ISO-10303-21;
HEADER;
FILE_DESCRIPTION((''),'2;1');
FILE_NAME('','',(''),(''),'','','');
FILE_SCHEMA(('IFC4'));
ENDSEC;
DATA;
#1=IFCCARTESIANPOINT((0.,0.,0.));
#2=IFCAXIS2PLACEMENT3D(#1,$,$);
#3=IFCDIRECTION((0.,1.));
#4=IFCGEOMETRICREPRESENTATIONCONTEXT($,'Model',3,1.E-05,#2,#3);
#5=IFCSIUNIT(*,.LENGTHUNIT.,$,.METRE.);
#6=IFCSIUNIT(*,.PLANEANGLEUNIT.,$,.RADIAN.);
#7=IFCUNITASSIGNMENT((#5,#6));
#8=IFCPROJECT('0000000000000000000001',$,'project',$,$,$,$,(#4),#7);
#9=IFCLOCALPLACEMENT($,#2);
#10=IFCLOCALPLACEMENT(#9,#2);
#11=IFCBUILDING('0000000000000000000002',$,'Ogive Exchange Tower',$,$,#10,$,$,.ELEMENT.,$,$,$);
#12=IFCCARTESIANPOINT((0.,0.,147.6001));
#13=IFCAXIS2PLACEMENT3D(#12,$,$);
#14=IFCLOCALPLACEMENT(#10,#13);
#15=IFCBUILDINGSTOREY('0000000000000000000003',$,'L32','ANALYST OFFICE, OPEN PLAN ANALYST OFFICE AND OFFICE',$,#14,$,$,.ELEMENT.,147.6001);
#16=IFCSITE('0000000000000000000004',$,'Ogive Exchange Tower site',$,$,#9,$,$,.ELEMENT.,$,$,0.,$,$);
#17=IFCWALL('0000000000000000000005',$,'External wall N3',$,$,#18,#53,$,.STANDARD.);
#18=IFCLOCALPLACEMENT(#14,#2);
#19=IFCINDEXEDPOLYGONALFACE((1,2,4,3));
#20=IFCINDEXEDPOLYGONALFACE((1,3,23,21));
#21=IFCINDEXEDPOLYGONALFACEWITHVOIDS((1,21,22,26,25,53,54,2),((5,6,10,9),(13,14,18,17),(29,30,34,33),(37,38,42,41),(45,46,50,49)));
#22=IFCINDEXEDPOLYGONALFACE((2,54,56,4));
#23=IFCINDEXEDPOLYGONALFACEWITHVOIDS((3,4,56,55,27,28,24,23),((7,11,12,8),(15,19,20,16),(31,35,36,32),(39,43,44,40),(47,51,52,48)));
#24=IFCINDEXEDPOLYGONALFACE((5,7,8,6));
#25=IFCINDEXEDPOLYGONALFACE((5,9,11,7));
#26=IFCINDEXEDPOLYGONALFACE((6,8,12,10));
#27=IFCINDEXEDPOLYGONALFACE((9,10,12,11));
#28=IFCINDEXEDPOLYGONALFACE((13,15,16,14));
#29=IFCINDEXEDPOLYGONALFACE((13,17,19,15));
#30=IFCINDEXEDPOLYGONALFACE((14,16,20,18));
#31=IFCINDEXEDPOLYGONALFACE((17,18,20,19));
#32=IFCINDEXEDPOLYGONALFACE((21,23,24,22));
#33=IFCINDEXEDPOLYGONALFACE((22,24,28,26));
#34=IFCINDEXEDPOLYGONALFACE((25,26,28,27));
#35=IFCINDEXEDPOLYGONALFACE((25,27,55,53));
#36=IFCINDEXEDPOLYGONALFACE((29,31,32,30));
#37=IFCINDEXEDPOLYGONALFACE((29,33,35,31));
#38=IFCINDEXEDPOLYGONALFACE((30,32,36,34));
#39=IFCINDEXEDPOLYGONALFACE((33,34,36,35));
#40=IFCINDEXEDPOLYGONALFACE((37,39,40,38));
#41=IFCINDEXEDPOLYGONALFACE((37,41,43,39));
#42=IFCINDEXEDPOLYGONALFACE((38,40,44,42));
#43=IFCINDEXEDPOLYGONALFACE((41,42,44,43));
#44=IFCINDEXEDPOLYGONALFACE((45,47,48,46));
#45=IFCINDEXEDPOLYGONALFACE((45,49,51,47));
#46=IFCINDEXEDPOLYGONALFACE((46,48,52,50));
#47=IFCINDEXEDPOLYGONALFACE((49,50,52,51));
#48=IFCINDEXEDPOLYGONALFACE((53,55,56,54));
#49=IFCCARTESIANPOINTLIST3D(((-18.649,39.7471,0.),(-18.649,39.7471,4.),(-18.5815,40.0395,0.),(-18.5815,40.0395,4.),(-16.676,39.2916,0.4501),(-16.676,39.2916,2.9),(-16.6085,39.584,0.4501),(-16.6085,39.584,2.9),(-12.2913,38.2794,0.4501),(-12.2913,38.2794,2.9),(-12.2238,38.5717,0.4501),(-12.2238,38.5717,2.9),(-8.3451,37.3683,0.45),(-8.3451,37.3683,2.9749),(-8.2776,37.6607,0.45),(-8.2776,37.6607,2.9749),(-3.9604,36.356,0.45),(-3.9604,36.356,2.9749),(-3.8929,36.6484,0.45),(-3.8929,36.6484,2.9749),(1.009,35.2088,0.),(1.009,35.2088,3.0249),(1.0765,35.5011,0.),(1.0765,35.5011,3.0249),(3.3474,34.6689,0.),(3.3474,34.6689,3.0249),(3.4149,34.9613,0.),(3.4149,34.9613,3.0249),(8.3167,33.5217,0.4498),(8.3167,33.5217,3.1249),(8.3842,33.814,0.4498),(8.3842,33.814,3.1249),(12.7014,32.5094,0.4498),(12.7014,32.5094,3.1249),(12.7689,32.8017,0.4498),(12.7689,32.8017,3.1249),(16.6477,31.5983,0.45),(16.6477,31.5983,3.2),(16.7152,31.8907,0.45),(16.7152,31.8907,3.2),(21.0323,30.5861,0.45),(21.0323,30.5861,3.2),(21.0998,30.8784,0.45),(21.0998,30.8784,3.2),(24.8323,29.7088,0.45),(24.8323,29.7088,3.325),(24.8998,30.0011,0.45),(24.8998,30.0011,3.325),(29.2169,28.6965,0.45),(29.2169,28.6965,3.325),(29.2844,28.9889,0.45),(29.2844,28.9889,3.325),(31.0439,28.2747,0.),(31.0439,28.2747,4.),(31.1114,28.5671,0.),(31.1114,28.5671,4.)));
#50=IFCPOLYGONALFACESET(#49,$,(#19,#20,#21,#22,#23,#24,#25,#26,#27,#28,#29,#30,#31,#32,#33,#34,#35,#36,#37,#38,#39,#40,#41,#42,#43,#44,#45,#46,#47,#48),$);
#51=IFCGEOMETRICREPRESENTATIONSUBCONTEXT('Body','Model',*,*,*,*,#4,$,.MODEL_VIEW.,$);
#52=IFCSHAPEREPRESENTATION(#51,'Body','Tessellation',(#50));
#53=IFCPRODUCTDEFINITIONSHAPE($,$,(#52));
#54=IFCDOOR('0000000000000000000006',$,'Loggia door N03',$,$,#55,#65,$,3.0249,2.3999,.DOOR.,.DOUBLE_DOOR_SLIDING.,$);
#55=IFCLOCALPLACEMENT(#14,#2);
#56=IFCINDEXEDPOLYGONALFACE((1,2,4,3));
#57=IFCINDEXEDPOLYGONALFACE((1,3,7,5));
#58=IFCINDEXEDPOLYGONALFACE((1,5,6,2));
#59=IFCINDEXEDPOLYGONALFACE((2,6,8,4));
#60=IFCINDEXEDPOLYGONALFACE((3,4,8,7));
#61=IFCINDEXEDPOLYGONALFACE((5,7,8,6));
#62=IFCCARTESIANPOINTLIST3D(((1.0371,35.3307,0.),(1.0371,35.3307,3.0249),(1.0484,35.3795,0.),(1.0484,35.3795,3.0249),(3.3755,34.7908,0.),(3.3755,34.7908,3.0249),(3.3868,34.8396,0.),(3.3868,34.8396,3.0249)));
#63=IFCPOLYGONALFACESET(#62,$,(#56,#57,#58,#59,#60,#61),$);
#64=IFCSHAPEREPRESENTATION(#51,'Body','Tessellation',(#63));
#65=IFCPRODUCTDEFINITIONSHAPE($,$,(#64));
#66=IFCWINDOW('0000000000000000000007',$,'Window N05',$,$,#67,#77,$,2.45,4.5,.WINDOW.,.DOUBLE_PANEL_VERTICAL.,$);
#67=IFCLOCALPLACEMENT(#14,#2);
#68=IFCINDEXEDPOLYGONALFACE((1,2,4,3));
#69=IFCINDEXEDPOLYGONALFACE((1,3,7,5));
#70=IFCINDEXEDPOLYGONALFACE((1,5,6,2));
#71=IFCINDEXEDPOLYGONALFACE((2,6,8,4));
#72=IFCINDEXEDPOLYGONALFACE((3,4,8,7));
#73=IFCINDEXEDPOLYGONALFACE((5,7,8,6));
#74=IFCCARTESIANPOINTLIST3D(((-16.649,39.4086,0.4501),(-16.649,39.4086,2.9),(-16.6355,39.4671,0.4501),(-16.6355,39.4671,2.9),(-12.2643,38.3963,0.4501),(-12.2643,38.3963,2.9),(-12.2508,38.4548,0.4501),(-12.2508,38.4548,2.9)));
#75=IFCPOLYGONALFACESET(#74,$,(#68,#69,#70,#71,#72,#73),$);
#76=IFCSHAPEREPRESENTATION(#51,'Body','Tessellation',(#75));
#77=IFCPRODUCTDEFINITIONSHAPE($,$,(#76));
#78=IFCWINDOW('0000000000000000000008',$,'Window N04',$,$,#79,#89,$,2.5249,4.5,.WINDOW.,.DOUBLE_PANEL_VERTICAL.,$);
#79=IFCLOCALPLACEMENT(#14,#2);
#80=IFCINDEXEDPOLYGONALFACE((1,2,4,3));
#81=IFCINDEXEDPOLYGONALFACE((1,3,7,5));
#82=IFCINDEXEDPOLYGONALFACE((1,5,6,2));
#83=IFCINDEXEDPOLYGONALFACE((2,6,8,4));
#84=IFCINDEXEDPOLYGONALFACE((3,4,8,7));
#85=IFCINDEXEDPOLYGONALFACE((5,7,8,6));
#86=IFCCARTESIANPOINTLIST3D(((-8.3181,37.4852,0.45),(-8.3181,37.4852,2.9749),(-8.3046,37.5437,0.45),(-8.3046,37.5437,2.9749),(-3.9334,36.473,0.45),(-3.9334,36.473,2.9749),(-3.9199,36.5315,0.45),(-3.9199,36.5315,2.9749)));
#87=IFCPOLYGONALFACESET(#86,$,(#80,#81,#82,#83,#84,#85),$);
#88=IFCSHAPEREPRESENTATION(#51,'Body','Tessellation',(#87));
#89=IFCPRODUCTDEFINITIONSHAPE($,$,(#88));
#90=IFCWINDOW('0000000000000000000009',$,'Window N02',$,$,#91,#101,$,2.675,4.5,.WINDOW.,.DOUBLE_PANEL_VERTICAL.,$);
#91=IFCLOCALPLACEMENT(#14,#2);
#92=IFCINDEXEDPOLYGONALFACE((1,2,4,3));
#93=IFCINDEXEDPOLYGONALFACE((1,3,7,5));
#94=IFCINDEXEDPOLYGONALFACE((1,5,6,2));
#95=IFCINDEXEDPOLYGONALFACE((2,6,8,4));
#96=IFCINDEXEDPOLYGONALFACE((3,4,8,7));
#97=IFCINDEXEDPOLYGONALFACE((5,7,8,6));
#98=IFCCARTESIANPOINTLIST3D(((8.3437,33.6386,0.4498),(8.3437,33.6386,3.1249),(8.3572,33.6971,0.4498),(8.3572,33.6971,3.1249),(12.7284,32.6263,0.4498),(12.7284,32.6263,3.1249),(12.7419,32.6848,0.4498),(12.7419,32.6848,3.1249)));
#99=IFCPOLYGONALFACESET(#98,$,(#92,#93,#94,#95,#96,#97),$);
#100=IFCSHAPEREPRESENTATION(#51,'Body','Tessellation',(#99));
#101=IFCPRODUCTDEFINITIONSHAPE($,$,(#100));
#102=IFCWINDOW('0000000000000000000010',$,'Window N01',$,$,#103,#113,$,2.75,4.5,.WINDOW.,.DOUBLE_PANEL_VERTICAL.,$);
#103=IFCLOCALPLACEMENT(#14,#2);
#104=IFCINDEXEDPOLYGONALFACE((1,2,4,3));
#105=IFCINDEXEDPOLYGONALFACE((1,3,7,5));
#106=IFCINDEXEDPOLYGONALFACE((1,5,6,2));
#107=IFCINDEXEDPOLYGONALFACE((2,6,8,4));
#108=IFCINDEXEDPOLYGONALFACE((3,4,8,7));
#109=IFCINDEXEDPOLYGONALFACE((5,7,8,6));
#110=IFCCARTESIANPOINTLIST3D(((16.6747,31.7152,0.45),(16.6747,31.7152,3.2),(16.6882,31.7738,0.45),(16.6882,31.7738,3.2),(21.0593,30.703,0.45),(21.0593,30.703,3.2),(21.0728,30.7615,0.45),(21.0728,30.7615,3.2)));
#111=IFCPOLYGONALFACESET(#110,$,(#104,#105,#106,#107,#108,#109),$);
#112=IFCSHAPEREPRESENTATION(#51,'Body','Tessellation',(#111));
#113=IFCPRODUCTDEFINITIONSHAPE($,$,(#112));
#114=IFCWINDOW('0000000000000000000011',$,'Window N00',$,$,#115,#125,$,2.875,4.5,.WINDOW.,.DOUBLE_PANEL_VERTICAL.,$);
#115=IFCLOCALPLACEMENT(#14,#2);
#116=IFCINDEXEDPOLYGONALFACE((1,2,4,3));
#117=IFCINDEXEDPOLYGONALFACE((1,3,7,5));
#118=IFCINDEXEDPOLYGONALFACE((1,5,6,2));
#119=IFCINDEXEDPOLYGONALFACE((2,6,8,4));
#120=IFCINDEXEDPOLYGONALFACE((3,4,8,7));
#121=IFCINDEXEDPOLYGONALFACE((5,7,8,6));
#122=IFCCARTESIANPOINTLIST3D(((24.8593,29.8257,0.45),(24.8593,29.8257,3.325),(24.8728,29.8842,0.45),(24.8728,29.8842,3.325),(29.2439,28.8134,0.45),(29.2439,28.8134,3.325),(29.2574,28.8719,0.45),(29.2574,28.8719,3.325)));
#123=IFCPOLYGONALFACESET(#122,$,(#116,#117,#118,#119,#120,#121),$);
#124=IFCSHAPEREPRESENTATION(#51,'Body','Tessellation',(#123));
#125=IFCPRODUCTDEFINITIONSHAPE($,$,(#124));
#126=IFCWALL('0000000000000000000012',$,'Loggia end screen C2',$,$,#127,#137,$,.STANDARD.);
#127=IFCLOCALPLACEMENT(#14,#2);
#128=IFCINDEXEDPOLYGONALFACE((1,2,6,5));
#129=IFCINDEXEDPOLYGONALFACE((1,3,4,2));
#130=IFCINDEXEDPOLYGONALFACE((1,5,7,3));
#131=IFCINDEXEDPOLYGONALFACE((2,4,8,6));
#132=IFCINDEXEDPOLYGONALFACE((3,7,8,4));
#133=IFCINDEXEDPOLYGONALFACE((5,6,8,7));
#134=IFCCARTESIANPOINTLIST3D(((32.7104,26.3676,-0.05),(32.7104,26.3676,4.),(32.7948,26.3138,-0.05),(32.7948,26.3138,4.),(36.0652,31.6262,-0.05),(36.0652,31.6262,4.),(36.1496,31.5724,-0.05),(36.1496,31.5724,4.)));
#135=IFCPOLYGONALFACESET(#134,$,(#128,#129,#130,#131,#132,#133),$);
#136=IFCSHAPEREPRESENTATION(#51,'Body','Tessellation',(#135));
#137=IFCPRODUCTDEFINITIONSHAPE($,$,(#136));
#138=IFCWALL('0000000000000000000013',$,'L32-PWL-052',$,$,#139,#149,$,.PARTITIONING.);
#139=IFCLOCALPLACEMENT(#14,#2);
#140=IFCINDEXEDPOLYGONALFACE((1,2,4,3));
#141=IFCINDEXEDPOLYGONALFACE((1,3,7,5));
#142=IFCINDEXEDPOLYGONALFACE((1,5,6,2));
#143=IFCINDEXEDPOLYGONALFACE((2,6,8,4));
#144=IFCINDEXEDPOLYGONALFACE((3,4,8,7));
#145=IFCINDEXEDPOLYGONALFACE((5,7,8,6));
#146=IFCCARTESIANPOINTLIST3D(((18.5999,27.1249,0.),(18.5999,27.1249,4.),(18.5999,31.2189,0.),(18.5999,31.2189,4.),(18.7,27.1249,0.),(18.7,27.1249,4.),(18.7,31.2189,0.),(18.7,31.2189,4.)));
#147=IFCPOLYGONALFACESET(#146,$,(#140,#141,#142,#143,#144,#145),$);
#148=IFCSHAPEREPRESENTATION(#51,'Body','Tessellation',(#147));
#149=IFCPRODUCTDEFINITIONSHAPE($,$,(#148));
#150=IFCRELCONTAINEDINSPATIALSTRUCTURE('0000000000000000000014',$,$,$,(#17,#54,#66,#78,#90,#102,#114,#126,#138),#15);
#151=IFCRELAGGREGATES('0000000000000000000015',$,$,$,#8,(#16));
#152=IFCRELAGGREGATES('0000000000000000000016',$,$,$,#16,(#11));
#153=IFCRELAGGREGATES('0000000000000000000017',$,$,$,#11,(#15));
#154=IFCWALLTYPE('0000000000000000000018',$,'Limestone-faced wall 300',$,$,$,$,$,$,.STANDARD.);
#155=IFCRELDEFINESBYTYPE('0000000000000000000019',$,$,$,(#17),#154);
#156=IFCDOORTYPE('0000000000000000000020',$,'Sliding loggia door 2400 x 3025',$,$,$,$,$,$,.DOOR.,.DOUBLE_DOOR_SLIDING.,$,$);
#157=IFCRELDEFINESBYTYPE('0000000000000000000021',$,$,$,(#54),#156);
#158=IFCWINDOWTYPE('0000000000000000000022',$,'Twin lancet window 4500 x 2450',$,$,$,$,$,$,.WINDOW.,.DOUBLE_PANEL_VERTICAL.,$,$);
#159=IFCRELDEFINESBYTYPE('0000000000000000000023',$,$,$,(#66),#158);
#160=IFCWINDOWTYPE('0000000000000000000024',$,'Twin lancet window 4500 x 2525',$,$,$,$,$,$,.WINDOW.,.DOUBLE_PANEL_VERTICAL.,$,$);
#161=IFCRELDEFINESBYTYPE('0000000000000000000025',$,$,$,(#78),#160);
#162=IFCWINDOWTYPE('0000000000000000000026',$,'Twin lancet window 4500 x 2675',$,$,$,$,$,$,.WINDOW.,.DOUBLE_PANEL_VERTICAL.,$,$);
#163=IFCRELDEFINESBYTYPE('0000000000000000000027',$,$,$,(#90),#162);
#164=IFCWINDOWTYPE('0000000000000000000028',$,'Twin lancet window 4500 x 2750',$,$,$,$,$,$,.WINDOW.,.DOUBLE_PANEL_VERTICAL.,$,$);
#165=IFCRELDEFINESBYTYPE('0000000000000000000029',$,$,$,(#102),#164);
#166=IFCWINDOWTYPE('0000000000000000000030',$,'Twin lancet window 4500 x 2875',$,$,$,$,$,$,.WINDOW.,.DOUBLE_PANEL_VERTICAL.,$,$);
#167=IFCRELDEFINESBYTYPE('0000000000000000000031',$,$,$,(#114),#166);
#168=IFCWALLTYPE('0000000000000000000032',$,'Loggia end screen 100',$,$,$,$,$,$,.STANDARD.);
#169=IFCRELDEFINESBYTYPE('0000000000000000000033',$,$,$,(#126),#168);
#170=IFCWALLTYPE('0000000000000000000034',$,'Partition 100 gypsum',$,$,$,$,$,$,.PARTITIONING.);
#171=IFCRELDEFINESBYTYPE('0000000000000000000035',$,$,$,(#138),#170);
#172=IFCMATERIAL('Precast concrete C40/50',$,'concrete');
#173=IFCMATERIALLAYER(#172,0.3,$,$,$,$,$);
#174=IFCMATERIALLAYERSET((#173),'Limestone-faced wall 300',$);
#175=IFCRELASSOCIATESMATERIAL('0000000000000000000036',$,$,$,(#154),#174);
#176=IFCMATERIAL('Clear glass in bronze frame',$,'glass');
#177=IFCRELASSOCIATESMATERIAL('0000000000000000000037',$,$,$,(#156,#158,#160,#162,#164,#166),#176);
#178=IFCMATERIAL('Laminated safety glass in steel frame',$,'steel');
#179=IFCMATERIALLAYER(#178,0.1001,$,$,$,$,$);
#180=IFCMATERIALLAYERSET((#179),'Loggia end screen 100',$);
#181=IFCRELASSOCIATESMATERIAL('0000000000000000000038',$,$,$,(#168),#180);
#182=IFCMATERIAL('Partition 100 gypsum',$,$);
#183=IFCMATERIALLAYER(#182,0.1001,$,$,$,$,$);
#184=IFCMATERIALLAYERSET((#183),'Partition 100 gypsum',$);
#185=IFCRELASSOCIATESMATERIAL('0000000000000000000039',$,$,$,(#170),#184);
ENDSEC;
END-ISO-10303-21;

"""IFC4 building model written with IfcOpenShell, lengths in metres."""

from ifc_helpers import new_model, si_unit, direction, frame, frame_2d, origin, place, context, subcontext, project, spatial, rectangle, extrude, material, layer, layer_set, type_object, element, fill, save


model = new_model("IFC4")

# Units and contexts
model_context = context("Model", 3, precision=1e-05, world=origin(), true_north=direction((0.0, 1.0)))
body_context = subcontext(model_context, "Body", "Model", "MODEL_VIEW")
ifc_project = project(units=[si_unit("LENGTHUNIT", "METRE"), si_unit("PLANEANGLEUNIT", "RADIAN")], contexts=[model_context])

# Site, building, storey
site_placement = place(None, origin())
site = spatial("IfcSite", under=ifc_project, at=site_placement, Name="Ogive Exchange Tower site", CompositionType="ELEMENT", RefElevation=0.0)
building_placement = place(site_placement, origin())
building = spatial("IfcBuilding", under=site, at=building_placement, Name="Ogive Exchange Tower", CompositionType="ELEMENT")
storey_placement = place(building_placement, frame((0.0, 0.0, 147.6001)))
storey = spatial("IfcBuildingStorey", under=building, at=storey_placement, Name="L32", Description="ANALYST OFFICE, OPEN PLAN ANALYST OFFICE AND OFFICE", CompositionType="ELEMENT", Elevation=147.6001)

# Wall, openings, door, windows
ifc_material_1 = material(Name="Precast concrete C40/50", Category="concrete")
ifc_layer_1 = layer(ifc_material_1, 0.3)
ifc_layer_set_1 = layer_set([ifc_layer_1], Name="Limestone-faced wall 300")
wall_type_1 = type_object("IfcWallType", Name="Limestone-faced wall 300", PredefinedType="STANDARD", material=ifc_layer_set_1)
wall_1_placement = place(storey_placement, frame((31.0776, 28.4209, 0.0), z_axis=(0.0, 0.0, 1.0), x_axis=(-0.97437, 0.224949, 0.0)))
wall_1 = element("IfcWall", 1, at=wall_1_placement, inside=storey, type_object=wall_type_1, Name="External wall N3", PredefinedType="STANDARD", context=body_context, shape_type="SweptSolid", body=[
    extrude(rectangle(XDim=51.0, YDim=0.3, at=frame_2d((25.5, 0.0))), origin(), (0.0, 0.0, 1.0), 4.0),
])
opening_1_placement = place(wall_1_placement, frame((1.875, 0.0, 0.45)))
opening_1 = element("IfcOpeningElement", 2, at=opening_1_placement, cuts=wall_1, PredefinedType="OPENING", context=body_context, shape_type="SweptSolid", body=[
    extrude(rectangle(XDim=4.5, YDim=2.875, at=frame_2d((2.25, 1.4375))), frame((0.0, 0.1599, 0.0), z_axis=(0.0, -1.0, 0.0), x_axis=(1.0, 0.0, 0.0)), (0.0, 0.0, 1.0), 0.3201),
])
opening_2_placement = place(wall_1_placement, frame((10.2749, 0.0, 0.45)))
opening_2 = element("IfcOpeningElement", 3, at=opening_2_placement, cuts=wall_1, PredefinedType="OPENING", context=body_context, shape_type="SweptSolid", body=[
    extrude(rectangle(XDim=4.5, YDim=2.75, at=frame_2d((2.25, 1.375))), frame((0.0, 0.1599, 0.0), z_axis=(0.0, -1.0, 0.0), x_axis=(1.0, 0.0, 0.0)), (0.0, 0.0, 1.0), 0.3201),
])
opening_3_placement = place(wall_1_placement, frame((18.825, 0.0, 0.45)))
opening_3 = element("IfcOpeningElement", 4, at=opening_3_placement, cuts=wall_1, PredefinedType="OPENING", context=body_context, shape_type="SweptSolid", body=[
    extrude(rectangle(XDim=4.5, YDim=2.675, at=frame_2d((2.25, 1.3374))), frame((0.0, 0.1599, 0.0), z_axis=(0.0, -1.0, 0.0), x_axis=(1.0, 0.0, 0.0)), (0.0, 0.0, 1.0), 0.3201),
])
opening_4_placement = place(wall_1_placement, frame((28.425, 0.0, 0.0)))
opening_4 = element("IfcOpeningElement", 5, at=opening_4_placement, cuts=wall_1, PredefinedType="OPENING", context=body_context, shape_type="SweptSolid", body=[
    extrude(rectangle(XDim=2.3999, YDim=3.0249, at=frame_2d((1.2, 1.5125))), frame((0.0, 0.1599, 0.0), z_axis=(0.0, -1.0, 0.0), x_axis=(1.0, 0.0, 0.0)), (0.0, 0.0, 1.0), 0.3201),
])
opening_5_placement = place(wall_1_placement, frame((35.925, 0.0, 0.45)))
opening_5 = element("IfcOpeningElement", 6, at=opening_5_placement, cuts=wall_1, PredefinedType="OPENING", context=body_context, shape_type="SweptSolid", body=[
    extrude(rectangle(XDim=4.5, YDim=2.5249, at=frame_2d((2.25, 1.2625))), frame((0.0, 0.1599, 0.0), z_axis=(0.0, -1.0, 0.0), x_axis=(1.0, 0.0, 0.0)), (0.0, 0.0, 1.0), 0.3201),
])
opening_6_placement = place(wall_1_placement, frame((44.4751, 0.0, 0.45)))
opening_6 = element("IfcOpeningElement", 7, at=opening_6_placement, cuts=wall_1, PredefinedType="OPENING", context=body_context, shape_type="SweptSolid", body=[
    extrude(rectangle(XDim=4.5, YDim=2.45, at=frame_2d((2.25, 1.2251))), frame((0.0, 0.1599, 0.0), z_axis=(0.0, -1.0, 0.0), x_axis=(1.0, 0.0, 0.0)), (0.0, 0.0, 1.0), 0.3201),
])
ifc_material_2 = material(Name="Clear glass in bronze frame", Category="glass")
door_type_1 = type_object("IfcDoorType", Name="Sliding loggia door 2400 x 3025", OperationType="DOUBLE_DOOR_SLIDING", PredefinedType="DOOR", material=ifc_material_2)
door_1_placement = place(opening_4_placement, origin())
door_1 = element("IfcDoor", 8, at=door_1_placement, inside=storey, type_object=door_type_1, Name="Loggia door N03", OperationType="DOUBLE_DOOR_SLIDING", OverallHeight=3.0249, OverallWidth=2.3999, PredefinedType="DOOR", context=body_context, shape_type="SweptSolid", body=[
    extrude(rectangle(XDim=2.3999, YDim=3.0249, at=frame_2d((1.2, 1.5125))), frame((0.0, 0.0249, 0.0), z_axis=(0.0, -1.0, 0.0), x_axis=(1.0, 0.0, 0.0)), (0.0, 0.0, 1.0), 0.05),
])
fill(opening_4, door_1)
window_type_1 = type_object("IfcWindowType", Name="Twin lancet window 4500 x 2450", PartitioningType="DOUBLE_PANEL_VERTICAL", PredefinedType="WINDOW", material=ifc_material_2)
window_1_placement = place(opening_6_placement, origin())
window_1 = element("IfcWindow", 9, at=window_1_placement, inside=storey, type_object=window_type_1, Name="Window N05", OverallHeight=2.45, OverallWidth=4.5, PartitioningType="DOUBLE_PANEL_VERTICAL", PredefinedType="WINDOW", context=body_context, shape_type="SweptSolid", body=[
    extrude(rectangle(XDim=4.5, YDim=2.45, at=frame_2d((2.25, 1.2251))), frame((0.0, 0.03, 0.0), z_axis=(0.0, -1.0, 0.0), x_axis=(1.0, 0.0, 0.0)), (0.0, 0.0, 1.0), 0.0601),
])
fill(opening_6, window_1)
window_type_2 = type_object("IfcWindowType", Name="Twin lancet window 4500 x 2525", PartitioningType="DOUBLE_PANEL_VERTICAL", PredefinedType="WINDOW", material=ifc_material_2)
window_2_placement = place(opening_5_placement, origin())
window_2 = element("IfcWindow", 10, at=window_2_placement, inside=storey, type_object=window_type_2, Name="Window N04", OverallHeight=2.5249, OverallWidth=4.5, PartitioningType="DOUBLE_PANEL_VERTICAL", PredefinedType="WINDOW", context=body_context, shape_type="SweptSolid", body=[
    extrude(rectangle(XDim=4.5, YDim=2.5249, at=frame_2d((2.25, 1.2625))), frame((0.0, 0.03, 0.0), z_axis=(0.0, -1.0, 0.0), x_axis=(1.0, 0.0, 0.0)), (0.0, 0.0, 1.0), 0.0601),
])
fill(opening_5, window_2)
window_type_3 = type_object("IfcWindowType", Name="Twin lancet window 4500 x 2675", PartitioningType="DOUBLE_PANEL_VERTICAL", PredefinedType="WINDOW", material=ifc_material_2)
window_3_placement = place(opening_3_placement, origin())
window_3 = element("IfcWindow", 11, at=window_3_placement, inside=storey, type_object=window_type_3, Name="Window N02", OverallHeight=2.675, OverallWidth=4.5, PartitioningType="DOUBLE_PANEL_VERTICAL", PredefinedType="WINDOW", context=body_context, shape_type="SweptSolid", body=[
    extrude(rectangle(XDim=4.5, YDim=2.675, at=frame_2d((2.25, 1.3374))), frame((0.0, 0.03, 0.0), z_axis=(0.0, -1.0, 0.0), x_axis=(1.0, 0.0, 0.0)), (0.0, 0.0, 1.0), 0.0601),
])
fill(opening_3, window_3)
window_type_4 = type_object("IfcWindowType", Name="Twin lancet window 4500 x 2750", PartitioningType="DOUBLE_PANEL_VERTICAL", PredefinedType="WINDOW", material=ifc_material_2)
window_4_placement = place(opening_2_placement, origin())
window_4 = element("IfcWindow", 12, at=window_4_placement, inside=storey, type_object=window_type_4, Name="Window N01", OverallHeight=2.75, OverallWidth=4.5, PartitioningType="DOUBLE_PANEL_VERTICAL", PredefinedType="WINDOW", context=body_context, shape_type="SweptSolid", body=[
    extrude(rectangle(XDim=4.5, YDim=2.75, at=frame_2d((2.25, 1.375))), frame((0.0, 0.03, 0.0), z_axis=(0.0, -1.0, 0.0), x_axis=(1.0, 0.0, 0.0)), (0.0, 0.0, 1.0), 0.0601),
])
fill(opening_2, window_4)
window_type_5 = type_object("IfcWindowType", Name="Twin lancet window 4500 x 2875", PartitioningType="DOUBLE_PANEL_VERTICAL", PredefinedType="WINDOW", material=ifc_material_2)
window_5_placement = place(opening_1_placement, origin())
window_5 = element("IfcWindow", 13, at=window_5_placement, inside=storey, type_object=window_type_5, Name="Window N00", OverallHeight=2.875, OverallWidth=4.5, PartitioningType="DOUBLE_PANEL_VERTICAL", PredefinedType="WINDOW", context=body_context, shape_type="SweptSolid", body=[
    extrude(rectangle(XDim=4.5, YDim=2.875, at=frame_2d((2.25, 1.4375))), frame((0.0, 0.03, 0.0), z_axis=(0.0, -1.0, 0.0), x_axis=(1.0, 0.0, 0.0)), (0.0, 0.0, 1.0), 0.0601),
])
fill(opening_1, window_5)

# Walls
ifc_material_3 = material(Name="Laminated safety glass in steel frame", Category="steel")
ifc_layer_2 = layer(ifc_material_3, 0.1001)
ifc_layer_set_2 = layer_set([ifc_layer_2], Name="Loggia end screen 100")
wall_type_2 = type_object("IfcWallType", Name="Loggia end screen 100", PredefinedType="STANDARD", material=ifc_layer_set_2)
wall_2_placement = place(storey_placement, frame((32.7527, 26.3408, -0.05), z_axis=(0.0, 0.0, 1.0), x_axis=(0.537832, 0.843052, 0.0)))
element("IfcWall", 14, at=wall_2_placement, inside=storey, type_object=wall_type_2, Name="Loggia end screen C2", PredefinedType="STANDARD", context=body_context, shape_type="SweptSolid", body=[
    extrude(rectangle(XDim=6.2375, YDim=0.1001, at=frame_2d((3.1187, 0.0))), origin(), (0.0, 0.0, 1.0), 4.05),
])
ifc_material_4 = material(Name="Partition 100 gypsum")
ifc_layer_3 = layer(ifc_material_4, 0.1001)
ifc_layer_set_3 = layer_set([ifc_layer_3], Name="Partition 100 gypsum")
wall_type_3 = type_object("IfcWallType", Name="Partition 100 gypsum", PredefinedType="PARTITIONING", material=ifc_layer_set_3)
wall_3_placement = place(storey_placement, frame((18.6499, 27.125, 0.0), z_axis=(0.0, 0.0, 1.0), x_axis=(0.0, 1.0, 0.0)))
element("IfcWall", 15, at=wall_3_placement, inside=storey, type_object=wall_type_3, Name="L32-PWL-052", PredefinedType="PARTITIONING", context=body_context, shape_type="SweptSolid", body=[
    extrude(rectangle(XDim=4.094, YDim=0.1001, at=frame_2d((2.0469, 0.0))), origin(), (0.0, 0.0, 1.0), 4.0),
])

save(model, "model.ifc")
